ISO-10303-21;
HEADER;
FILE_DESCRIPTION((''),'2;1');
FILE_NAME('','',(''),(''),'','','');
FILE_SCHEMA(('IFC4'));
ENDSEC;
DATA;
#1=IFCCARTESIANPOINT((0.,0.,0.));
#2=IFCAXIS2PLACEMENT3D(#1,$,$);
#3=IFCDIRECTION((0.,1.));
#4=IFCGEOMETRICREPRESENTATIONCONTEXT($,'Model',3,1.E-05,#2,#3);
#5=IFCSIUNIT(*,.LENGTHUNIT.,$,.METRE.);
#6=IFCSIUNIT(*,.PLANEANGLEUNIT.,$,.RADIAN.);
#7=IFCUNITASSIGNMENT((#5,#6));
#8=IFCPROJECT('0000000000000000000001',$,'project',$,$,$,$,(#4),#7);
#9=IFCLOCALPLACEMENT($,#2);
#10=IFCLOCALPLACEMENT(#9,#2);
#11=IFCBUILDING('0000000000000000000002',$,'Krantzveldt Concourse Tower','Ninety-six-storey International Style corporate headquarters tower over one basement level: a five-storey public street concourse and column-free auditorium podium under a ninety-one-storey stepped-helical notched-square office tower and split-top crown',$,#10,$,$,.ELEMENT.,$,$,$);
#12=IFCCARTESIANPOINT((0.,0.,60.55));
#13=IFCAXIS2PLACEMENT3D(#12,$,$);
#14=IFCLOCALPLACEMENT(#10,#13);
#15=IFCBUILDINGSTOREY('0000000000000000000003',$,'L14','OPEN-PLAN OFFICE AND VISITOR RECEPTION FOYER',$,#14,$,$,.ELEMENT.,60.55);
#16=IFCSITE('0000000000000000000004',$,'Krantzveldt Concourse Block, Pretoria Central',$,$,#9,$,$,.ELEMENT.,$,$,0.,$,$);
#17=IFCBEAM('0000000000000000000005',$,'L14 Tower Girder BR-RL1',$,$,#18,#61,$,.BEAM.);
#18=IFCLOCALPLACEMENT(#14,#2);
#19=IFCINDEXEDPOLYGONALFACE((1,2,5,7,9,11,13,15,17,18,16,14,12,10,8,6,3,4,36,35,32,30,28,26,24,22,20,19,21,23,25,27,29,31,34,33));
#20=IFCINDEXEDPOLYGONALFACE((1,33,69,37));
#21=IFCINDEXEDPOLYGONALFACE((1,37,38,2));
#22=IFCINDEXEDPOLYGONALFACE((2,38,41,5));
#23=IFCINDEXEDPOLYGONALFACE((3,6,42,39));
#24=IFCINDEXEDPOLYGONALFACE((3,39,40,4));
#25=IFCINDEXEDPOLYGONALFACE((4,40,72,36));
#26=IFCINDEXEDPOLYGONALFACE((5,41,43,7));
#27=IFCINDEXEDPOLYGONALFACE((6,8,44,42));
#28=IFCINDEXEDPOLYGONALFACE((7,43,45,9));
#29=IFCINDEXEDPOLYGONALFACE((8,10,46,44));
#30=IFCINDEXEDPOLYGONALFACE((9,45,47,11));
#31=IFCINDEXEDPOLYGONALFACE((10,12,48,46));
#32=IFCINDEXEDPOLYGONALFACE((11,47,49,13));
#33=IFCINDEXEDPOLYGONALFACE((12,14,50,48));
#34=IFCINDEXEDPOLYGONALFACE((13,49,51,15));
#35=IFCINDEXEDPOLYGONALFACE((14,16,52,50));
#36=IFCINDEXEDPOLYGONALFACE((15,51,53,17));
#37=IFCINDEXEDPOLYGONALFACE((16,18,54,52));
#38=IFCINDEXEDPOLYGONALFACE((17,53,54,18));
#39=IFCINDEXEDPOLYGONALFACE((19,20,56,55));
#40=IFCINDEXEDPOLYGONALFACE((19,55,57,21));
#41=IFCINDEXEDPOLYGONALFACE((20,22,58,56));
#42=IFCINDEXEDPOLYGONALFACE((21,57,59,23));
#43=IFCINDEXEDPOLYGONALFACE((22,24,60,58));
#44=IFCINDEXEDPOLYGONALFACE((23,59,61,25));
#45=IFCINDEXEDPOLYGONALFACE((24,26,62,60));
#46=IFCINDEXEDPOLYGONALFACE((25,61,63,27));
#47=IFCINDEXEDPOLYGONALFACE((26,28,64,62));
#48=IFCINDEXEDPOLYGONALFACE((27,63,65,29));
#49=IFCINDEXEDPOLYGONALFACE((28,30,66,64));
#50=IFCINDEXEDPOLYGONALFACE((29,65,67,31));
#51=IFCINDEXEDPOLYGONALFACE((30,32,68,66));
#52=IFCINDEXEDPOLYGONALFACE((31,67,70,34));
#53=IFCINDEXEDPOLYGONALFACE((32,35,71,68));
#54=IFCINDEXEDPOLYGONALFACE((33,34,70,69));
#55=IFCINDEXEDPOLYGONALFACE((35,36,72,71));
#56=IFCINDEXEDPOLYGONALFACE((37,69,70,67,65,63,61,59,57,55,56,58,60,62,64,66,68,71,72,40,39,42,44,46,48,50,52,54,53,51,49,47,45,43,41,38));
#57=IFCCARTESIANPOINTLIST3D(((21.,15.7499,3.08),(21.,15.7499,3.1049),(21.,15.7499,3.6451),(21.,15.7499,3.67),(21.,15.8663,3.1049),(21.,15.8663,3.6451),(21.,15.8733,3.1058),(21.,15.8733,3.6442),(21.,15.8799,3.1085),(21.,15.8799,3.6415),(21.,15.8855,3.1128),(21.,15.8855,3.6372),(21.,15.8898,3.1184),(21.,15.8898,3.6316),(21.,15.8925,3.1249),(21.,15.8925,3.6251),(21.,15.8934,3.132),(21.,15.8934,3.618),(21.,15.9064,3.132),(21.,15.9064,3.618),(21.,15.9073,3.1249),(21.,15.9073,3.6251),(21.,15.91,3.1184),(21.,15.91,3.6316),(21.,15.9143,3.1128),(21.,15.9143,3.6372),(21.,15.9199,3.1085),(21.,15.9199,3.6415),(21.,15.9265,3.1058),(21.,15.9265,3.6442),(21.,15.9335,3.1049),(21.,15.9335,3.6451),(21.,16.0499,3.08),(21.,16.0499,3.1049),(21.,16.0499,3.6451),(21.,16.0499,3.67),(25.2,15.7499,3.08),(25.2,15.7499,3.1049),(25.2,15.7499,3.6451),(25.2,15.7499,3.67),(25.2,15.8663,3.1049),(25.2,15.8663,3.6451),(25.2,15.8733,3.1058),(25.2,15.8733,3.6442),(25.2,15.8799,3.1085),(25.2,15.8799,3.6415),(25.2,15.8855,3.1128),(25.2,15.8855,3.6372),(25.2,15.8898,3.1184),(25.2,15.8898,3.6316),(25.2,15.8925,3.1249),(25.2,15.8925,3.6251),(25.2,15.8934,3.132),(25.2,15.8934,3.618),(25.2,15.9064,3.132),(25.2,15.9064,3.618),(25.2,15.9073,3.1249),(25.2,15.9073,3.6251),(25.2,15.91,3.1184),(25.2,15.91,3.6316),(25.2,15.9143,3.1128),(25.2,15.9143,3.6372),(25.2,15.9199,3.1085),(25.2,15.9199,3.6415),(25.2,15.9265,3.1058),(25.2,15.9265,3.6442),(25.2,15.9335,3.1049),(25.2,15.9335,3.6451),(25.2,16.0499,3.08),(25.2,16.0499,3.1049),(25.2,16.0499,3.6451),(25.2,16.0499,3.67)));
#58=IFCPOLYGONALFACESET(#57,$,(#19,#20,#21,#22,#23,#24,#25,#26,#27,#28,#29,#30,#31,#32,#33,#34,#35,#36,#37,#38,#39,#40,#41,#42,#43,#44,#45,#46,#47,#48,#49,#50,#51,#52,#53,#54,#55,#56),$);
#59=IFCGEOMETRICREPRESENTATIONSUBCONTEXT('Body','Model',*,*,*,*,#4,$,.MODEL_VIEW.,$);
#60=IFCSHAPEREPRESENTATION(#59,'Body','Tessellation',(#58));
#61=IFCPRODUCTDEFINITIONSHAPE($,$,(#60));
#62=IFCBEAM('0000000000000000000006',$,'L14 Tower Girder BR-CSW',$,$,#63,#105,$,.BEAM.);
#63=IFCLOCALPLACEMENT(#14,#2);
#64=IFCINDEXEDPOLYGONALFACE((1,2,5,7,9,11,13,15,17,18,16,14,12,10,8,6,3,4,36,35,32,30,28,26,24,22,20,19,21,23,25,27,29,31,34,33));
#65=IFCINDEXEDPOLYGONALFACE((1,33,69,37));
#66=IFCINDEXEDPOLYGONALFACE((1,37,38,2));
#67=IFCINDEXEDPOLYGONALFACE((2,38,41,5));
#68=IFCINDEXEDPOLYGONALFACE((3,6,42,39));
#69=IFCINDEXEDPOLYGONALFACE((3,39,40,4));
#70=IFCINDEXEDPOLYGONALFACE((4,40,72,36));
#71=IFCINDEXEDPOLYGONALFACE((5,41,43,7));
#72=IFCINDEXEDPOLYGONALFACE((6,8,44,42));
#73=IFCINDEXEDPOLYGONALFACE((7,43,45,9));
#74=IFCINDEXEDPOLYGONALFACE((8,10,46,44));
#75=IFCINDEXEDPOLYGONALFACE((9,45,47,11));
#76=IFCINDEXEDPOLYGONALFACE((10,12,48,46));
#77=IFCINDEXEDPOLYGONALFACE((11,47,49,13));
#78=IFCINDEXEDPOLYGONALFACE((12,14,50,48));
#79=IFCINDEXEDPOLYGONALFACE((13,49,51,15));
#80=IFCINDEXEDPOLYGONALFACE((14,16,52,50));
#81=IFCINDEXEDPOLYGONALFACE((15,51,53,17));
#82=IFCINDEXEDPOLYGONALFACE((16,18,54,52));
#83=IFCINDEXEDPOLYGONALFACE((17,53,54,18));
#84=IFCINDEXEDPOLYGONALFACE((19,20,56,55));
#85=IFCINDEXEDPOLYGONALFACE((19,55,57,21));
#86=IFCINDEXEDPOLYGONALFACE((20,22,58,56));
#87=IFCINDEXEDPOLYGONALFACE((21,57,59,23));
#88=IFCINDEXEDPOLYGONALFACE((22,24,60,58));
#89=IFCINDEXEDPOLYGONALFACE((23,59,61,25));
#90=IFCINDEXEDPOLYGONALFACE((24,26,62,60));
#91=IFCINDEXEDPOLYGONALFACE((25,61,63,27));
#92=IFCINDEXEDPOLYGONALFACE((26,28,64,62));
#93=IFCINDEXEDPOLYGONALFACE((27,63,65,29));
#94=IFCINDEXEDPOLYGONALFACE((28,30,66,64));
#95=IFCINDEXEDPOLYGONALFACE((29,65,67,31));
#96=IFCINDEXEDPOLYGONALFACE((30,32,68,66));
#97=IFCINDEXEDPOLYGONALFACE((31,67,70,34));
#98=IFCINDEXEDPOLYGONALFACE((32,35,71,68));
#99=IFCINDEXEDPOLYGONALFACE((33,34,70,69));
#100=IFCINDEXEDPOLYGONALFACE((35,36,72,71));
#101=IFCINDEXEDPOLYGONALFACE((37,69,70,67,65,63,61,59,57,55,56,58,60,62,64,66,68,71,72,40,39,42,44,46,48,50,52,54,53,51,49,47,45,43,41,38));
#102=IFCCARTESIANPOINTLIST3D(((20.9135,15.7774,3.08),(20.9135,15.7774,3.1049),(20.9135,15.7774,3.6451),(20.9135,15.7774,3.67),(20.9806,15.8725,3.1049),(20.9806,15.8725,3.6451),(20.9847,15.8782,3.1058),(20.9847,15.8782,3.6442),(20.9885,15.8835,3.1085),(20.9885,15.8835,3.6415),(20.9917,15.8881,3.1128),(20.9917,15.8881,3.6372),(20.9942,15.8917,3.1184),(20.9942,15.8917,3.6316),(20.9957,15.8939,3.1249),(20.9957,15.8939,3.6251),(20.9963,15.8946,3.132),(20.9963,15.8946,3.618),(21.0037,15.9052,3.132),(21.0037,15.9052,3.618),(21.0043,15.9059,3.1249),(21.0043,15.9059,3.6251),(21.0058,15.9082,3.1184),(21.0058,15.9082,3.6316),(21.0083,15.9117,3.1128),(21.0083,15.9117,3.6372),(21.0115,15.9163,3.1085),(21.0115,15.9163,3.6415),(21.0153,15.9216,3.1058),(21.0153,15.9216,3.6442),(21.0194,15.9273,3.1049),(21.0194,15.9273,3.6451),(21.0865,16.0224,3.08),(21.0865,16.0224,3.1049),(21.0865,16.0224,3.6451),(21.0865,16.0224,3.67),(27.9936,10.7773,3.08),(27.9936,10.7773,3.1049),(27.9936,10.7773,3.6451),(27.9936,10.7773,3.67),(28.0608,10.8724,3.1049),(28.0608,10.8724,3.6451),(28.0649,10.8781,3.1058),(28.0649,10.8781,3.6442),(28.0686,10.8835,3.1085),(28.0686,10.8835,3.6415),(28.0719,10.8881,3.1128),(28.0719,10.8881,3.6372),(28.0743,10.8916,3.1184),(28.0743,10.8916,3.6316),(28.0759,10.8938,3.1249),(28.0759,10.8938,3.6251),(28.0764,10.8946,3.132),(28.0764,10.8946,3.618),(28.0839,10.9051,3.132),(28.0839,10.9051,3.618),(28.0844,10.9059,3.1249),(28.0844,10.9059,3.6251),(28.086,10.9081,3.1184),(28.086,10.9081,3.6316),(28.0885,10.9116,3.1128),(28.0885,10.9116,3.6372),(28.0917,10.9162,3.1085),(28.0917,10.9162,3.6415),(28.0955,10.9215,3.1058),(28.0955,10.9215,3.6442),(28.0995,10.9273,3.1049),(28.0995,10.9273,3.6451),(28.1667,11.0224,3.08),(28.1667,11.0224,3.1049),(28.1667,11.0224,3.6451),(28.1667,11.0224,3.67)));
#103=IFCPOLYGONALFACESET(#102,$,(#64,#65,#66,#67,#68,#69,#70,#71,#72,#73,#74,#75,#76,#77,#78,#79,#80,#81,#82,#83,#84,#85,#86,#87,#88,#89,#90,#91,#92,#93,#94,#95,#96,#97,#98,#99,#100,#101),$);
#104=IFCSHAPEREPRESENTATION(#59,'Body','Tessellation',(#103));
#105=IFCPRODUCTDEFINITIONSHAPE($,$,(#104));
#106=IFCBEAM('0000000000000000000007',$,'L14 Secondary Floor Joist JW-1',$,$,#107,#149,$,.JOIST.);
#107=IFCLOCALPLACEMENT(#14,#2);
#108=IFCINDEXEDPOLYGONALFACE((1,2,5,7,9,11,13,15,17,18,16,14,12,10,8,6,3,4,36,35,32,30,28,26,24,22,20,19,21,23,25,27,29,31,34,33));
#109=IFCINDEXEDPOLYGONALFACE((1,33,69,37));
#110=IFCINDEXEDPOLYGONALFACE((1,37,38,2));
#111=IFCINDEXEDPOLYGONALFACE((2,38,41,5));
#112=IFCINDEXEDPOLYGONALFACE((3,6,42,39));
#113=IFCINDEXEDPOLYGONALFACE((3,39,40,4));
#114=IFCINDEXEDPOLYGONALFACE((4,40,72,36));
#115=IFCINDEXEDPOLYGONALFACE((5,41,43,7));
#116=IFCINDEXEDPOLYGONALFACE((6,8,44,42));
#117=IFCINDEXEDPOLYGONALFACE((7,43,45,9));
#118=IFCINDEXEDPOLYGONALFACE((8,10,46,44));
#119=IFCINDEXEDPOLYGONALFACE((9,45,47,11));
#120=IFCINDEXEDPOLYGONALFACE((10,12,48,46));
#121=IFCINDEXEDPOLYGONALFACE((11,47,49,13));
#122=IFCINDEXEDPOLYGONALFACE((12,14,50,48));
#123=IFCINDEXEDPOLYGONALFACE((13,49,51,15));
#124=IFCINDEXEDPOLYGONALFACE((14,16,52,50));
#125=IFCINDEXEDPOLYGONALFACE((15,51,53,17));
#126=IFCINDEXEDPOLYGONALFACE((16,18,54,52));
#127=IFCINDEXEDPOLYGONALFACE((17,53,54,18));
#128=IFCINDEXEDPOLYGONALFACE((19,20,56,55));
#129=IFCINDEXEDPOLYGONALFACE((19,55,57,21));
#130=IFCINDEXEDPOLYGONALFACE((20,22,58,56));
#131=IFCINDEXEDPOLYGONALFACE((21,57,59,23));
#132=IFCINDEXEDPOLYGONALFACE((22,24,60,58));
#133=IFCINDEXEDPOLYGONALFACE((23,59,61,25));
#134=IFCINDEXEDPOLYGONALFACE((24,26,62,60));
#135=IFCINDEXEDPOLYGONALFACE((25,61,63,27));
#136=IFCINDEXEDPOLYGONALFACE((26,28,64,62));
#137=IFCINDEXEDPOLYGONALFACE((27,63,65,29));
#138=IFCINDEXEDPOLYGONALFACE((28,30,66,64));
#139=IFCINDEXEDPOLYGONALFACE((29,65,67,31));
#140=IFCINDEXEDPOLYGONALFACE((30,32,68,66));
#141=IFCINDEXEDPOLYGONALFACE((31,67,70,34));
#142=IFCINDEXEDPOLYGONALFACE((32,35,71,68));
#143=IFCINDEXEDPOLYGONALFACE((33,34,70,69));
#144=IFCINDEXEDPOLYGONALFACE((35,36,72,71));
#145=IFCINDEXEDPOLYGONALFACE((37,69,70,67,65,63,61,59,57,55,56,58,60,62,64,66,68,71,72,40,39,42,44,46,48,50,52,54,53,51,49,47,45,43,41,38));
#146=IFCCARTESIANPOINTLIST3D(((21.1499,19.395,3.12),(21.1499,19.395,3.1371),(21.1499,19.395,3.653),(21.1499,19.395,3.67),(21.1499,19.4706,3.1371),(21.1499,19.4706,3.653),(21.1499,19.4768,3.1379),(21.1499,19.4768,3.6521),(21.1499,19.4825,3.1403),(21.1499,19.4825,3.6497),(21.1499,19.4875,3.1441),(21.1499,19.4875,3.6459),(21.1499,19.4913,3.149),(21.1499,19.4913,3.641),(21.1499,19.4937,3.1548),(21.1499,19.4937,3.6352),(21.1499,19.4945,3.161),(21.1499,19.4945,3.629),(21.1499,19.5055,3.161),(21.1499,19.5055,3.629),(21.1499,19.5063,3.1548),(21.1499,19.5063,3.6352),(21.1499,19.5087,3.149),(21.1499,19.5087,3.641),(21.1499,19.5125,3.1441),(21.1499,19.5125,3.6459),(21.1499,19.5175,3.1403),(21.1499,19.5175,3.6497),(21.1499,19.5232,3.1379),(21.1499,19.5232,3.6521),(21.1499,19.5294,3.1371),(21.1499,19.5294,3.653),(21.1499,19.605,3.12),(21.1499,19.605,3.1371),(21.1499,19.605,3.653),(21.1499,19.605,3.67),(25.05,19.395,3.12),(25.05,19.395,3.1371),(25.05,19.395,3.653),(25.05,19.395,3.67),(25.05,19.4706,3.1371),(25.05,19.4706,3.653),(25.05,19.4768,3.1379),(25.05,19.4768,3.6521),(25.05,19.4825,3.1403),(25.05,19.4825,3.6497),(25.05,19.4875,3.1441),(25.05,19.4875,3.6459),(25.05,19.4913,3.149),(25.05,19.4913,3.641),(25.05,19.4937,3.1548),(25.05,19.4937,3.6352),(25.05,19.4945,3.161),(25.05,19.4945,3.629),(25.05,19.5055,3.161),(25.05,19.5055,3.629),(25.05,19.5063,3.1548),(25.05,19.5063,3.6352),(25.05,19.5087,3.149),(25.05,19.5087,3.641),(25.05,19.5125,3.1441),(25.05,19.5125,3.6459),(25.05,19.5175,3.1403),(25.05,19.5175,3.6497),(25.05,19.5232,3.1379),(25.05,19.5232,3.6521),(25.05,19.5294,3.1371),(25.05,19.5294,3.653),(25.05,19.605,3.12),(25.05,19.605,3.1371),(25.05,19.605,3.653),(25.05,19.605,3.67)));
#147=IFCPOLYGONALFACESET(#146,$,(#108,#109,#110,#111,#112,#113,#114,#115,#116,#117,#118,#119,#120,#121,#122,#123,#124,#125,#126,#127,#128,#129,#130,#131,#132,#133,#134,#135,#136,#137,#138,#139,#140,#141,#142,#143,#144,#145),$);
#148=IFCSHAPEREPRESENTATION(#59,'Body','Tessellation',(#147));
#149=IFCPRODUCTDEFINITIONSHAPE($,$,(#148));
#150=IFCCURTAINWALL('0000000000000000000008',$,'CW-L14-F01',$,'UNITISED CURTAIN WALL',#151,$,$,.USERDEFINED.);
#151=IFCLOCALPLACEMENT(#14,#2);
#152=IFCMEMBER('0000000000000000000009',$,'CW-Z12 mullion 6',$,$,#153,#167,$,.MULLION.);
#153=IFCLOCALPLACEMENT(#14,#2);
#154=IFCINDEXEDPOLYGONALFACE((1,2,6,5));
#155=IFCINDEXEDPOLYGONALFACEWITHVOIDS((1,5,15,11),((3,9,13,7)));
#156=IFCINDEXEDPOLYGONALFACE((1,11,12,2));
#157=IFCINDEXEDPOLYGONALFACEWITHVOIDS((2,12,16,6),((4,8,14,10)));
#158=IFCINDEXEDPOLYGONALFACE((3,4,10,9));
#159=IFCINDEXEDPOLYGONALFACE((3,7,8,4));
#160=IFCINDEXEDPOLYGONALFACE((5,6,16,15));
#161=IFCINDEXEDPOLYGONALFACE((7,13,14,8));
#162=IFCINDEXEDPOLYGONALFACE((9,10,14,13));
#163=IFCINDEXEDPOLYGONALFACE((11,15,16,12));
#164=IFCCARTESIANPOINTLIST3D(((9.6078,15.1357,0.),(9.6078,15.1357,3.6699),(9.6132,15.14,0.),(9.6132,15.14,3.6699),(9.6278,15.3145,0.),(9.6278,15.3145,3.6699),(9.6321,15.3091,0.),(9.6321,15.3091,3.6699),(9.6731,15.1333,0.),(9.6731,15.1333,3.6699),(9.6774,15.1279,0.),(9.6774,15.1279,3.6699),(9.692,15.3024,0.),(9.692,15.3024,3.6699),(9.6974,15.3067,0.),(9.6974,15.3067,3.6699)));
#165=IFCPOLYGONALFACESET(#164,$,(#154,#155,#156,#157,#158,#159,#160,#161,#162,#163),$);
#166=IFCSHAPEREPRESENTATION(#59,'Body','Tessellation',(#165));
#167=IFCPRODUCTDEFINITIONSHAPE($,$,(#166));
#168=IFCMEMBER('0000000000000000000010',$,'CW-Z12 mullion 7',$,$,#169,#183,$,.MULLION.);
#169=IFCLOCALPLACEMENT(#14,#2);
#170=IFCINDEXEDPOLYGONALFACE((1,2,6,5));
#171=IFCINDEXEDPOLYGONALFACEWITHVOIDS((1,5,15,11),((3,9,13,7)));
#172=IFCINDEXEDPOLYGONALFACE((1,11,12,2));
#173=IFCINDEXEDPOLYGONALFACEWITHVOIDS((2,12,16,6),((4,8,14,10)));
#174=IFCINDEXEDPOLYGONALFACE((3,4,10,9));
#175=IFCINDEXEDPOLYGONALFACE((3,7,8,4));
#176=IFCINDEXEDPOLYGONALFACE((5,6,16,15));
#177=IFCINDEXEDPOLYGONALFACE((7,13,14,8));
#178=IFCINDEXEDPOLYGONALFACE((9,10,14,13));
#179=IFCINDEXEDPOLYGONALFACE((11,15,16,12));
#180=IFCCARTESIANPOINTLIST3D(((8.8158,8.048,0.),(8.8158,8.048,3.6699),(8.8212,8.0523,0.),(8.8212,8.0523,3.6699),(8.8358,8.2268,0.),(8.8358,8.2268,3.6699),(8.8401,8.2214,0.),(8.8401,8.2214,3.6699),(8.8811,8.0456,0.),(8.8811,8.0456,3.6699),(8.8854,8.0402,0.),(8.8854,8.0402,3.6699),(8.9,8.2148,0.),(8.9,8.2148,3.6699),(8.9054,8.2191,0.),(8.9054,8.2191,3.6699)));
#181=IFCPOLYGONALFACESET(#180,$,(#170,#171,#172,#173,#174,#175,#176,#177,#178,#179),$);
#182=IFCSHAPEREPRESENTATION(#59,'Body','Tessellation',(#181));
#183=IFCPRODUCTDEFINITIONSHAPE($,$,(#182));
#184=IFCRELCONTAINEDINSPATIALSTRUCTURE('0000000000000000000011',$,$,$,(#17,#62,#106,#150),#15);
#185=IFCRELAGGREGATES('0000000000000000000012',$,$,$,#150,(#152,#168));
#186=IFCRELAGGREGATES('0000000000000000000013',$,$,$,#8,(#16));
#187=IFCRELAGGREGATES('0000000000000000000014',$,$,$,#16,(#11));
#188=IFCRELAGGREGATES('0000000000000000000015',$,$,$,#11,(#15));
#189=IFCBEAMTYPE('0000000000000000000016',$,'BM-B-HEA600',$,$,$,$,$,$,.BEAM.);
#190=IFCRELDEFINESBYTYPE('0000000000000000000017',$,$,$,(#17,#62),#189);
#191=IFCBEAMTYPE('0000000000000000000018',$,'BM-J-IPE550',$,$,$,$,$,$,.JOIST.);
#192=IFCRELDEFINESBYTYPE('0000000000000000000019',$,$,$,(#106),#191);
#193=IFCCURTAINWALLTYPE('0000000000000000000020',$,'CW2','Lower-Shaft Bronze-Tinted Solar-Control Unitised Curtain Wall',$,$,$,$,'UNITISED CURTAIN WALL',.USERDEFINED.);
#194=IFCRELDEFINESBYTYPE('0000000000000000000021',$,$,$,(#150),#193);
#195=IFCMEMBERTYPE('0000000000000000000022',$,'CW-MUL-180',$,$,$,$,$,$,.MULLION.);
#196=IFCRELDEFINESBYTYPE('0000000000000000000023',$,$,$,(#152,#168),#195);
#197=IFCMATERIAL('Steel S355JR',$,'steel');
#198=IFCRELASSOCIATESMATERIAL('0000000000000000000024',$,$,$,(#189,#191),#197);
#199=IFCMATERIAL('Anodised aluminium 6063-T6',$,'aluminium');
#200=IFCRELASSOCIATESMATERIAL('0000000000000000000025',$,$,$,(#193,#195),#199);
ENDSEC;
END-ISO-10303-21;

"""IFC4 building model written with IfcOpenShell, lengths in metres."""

from ifc_helpers import new_model, si_unit, direction, frame, origin, origin_2d, place, context, subcontext, project, spatial, hollow_rectangle, i_section, extrude, source, transform, mapped, material, material_profile, profile_set, type_object, type_shapes, element, aggregate, save


model = new_model("IFC4")

# Units and contexts
model_context = context("Model", 3, precision=1e-05, world=origin(), true_north=direction((0.0, 1.0)))
body_context = subcontext(model_context, "Body", "Model", "MODEL_VIEW")
ifc_project = project(units=[si_unit("LENGTHUNIT", "METRE"), si_unit("PLANEANGLEUNIT", "RADIAN")], contexts=[model_context])

# Site, building, storey
site_placement = place(None, origin())
site = spatial("IfcSite", under=ifc_project, at=site_placement, Name="Krantzveldt Concourse Block, Pretoria Central", CompositionType="ELEMENT", RefElevation=0.0)
building_placement = place(site_placement, origin())
building = spatial("IfcBuilding", under=site, at=building_placement, Name="Krantzveldt Concourse Tower", Description="Ninety-six-storey International Style corporate headquarters tower over one basement level: a five-storey public street concourse and column-free auditorium podium under a ninety-one-storey stepped-helical notched-square office tower and split-top crown", CompositionType="ELEMENT")
storey_placement = place(building_placement, frame((0.0, 0.0, 60.55)))
storey = spatial("IfcBuildingStorey", under=building, at=storey_placement, Name="L14", Description="OPEN-PLAN OFFICE AND VISITOR RECEPTION FOYER", CompositionType="ELEMENT", Elevation=60.55)

# Beams
ifc_material_1 = material(Name="Steel S355JR", Category="steel")
ifc_material_profile_1 = material_profile(ifc_material_1, i_section(OverallWidth=0.3, OverallDepth=0.5901, WebThickness=0.0129, FlangeThickness=0.0249, FilletRadius=0.0271, at=origin_2d()), Name="Steel S355JR", Category="steel")
ifc_profile_set_1 = profile_set([ifc_material_profile_1], Name="Steel S355JR - HEA 600")
beam_type_1 = type_object("IfcBeamType", Name="BM-B-HEA600", PredefinedType="BEAM", material=ifc_profile_set_1)
shared_shape_1 = source(origin(), body_context, "Body", "SweptSolid", [
    extrude(i_section(OverallWidth=0.3, OverallDepth=0.5901, WebThickness=0.0129, FlangeThickness=0.0249, FilletRadius=0.0271, at=origin_2d()), origin(), (0.0, 0.0, 1.0), 4.2),
])
beam_1_placement = place(storey_placement, frame((21.0, 15.8999, 3.375), z_axis=(1.0, 0.0, 0.0), x_axis=(0.0, 1.0, 0.0)))
element("IfcBeam", 1, at=beam_1_placement, inside=storey, type_object=beam_type_1, Name="L14 Tower Girder BR-RL1", PredefinedType="BEAM", context=body_context, shape_type="MappedRepresentation", body=[
    mapped(shared_shape_1, transform((0.0, 0.0, 0.0), x_axis=(1.0, 0.0, 0.0), y_axis=(0.0, 1.0, 0.0), z_axis=(0.0, 0.0, 1.0), scale=1.0)),
])
shared_shape_2 = source(origin(), body_context, "Body", "SweptSolid", [
    extrude(i_section(OverallWidth=0.3, OverallDepth=0.5901, WebThickness=0.0129, FlangeThickness=0.0249, FilletRadius=0.0271, at=origin_2d()), origin(), (0.0, 0.0, 1.0), 8.6677),
])
type_shapes(beam_type_1, [shared_shape_1, shared_shape_2])
beam_2_placement = place(storey_placement, frame((21.0, 15.8999, 3.375), z_axis=(0.816843, -0.57686, 0.0), x_axis=(0.57686, 0.816843, 0.0)))
element("IfcBeam", 2, at=beam_2_placement, inside=storey, type_object=beam_type_1, Name="L14 Tower Girder BR-CSW", PredefinedType="BEAM", context=body_context, shape_type="MappedRepresentation", body=[
    mapped(shared_shape_2, transform((0.0, 0.0, 0.0), x_axis=(1.0, 0.0, 0.0), y_axis=(0.0, 1.0, 0.0), z_axis=(0.0, 0.0, 1.0), scale=1.0)),
])
ifc_material_profile_2 = material_profile(ifc_material_1, i_section(OverallWidth=0.21, OverallDepth=0.55, WebThickness=0.011, FlangeThickness=0.0171, FilletRadius=0.0239, at=origin_2d()), Name="Steel S355JR", Category="steel")
ifc_profile_set_2 = profile_set([ifc_material_profile_2], Name="Steel S355JR - IPE 550")
beam_type_2 = type_object("IfcBeamType", Name="BM-J-IPE550", PredefinedType="JOIST", material=ifc_profile_set_2)
shared_shape_3 = source(origin(), body_context, "Body", "SweptSolid", [
    extrude(i_section(OverallWidth=0.21, OverallDepth=0.55, WebThickness=0.011, FlangeThickness=0.0171, FilletRadius=0.0239, at=origin_2d()), origin(), (0.0, 0.0, 1.0), 3.9001),
])
type_shapes(beam_type_2, [shared_shape_3])
beam_3_placement = place(storey_placement, frame((21.1499, 19.5, 3.395), z_axis=(1.0, 0.0, 0.0), x_axis=(0.0, 1.0, 0.0)))
element("IfcBeam", 3, at=beam_3_placement, inside=storey, type_object=beam_type_2, Name="L14 Secondary Floor Joist JW-1", PredefinedType="JOIST", context=body_context, shape_type="MappedRepresentation", body=[
    mapped(shared_shape_3, transform((0.0, 0.0, 0.0), x_axis=(1.0, 0.0, 0.0), y_axis=(0.0, 1.0, 0.0), z_axis=(0.0, 0.0, 1.0), scale=1.0)),
])

# Curtain wall, members
ifc_material_2 = material(Name="Anodised aluminium 6063-T6", Category="aluminium")
curtain_wall_type = type_object("IfcCurtainWallType", Name="CW2", Description="Lower-Shaft Bronze-Tinted Solar-Control Unitised Curtain Wall", ElementType="UNITISED CURTAIN WALL", PredefinedType="USERDEFINED", material=ifc_material_2)
curtain_wall_1_placement = place(storey_placement, origin())
curtain_wall_1 = element("IfcCurtainWall", 4, at=curtain_wall_1_placement, inside=storey, type_object=curtain_wall_type, Name="CW-L14-F01", ObjectType="UNITISED CURTAIN WALL", PredefinedType="USERDEFINED")
ifc_material_profile_3 = material_profile(ifc_material_2, hollow_rectangle(XDim=0.0701, YDim=0.1799, WallThickness=0.0049, at=origin_2d()), Name="Anodised aluminium 6063-T6", Category="aluminium")
ifc_profile_set_3 = profile_set([ifc_material_profile_3], Name="Anodised aluminium 6063-T6 - ALU-MULL 180x70x5")
member_type_1 = type_object("IfcMemberType", Name="CW-MUL-180", PredefinedType="MULLION", material=ifc_profile_set_3)
shared_shape_4 = source(origin(), body_context, "Body", "SweptSolid", [
    extrude(hollow_rectangle(XDim=0.0701, YDim=0.1799, WallThickness=0.0049, at=origin_2d()), origin(), (0.0, 0.0, 1.0), 3.6699),
])
type_shapes(member_type_1, [shared_shape_4])
member_1_placement = place(storey_placement, frame((9.6526, 15.2212, 0.0), z_axis=(0.0, 0.0, 1.0), x_axis=(0.993816, -0.111035, 0.0)))
member_1 = element("IfcMember", 5, at=member_1_placement, type_object=member_type_1, Name="CW-Z12 mullion 6", PredefinedType="MULLION", context=body_context, shape_type="MappedRepresentation", body=[
    mapped(shared_shape_4, transform((0.0, 0.0, 0.0), x_axis=(1.0, 0.0, 0.0), y_axis=(0.0, 1.0, 0.0), z_axis=(0.0, 0.0, 1.0), scale=1.0)),
])
member_2_placement = place(storey_placement, frame((8.8606, 8.1335, 0.0), z_axis=(0.0, 0.0, 1.0), x_axis=(0.993816, -0.111035, 0.0)))
member_2 = element("IfcMember", 6, at=member_2_placement, type_object=member_type_1, Name="CW-Z12 mullion 7", PredefinedType="MULLION", context=body_context, shape_type="MappedRepresentation", body=[
    mapped(shared_shape_4, transform((0.0, 0.0, 0.0), x_axis=(1.0, 0.0, 0.0), y_axis=(0.0, 1.0, 0.0), z_axis=(0.0, 0.0, 1.0), scale=1.0)),
])

aggregate(curtain_wall_1, [member_1, member_2])

save(model, "model.ifc")
